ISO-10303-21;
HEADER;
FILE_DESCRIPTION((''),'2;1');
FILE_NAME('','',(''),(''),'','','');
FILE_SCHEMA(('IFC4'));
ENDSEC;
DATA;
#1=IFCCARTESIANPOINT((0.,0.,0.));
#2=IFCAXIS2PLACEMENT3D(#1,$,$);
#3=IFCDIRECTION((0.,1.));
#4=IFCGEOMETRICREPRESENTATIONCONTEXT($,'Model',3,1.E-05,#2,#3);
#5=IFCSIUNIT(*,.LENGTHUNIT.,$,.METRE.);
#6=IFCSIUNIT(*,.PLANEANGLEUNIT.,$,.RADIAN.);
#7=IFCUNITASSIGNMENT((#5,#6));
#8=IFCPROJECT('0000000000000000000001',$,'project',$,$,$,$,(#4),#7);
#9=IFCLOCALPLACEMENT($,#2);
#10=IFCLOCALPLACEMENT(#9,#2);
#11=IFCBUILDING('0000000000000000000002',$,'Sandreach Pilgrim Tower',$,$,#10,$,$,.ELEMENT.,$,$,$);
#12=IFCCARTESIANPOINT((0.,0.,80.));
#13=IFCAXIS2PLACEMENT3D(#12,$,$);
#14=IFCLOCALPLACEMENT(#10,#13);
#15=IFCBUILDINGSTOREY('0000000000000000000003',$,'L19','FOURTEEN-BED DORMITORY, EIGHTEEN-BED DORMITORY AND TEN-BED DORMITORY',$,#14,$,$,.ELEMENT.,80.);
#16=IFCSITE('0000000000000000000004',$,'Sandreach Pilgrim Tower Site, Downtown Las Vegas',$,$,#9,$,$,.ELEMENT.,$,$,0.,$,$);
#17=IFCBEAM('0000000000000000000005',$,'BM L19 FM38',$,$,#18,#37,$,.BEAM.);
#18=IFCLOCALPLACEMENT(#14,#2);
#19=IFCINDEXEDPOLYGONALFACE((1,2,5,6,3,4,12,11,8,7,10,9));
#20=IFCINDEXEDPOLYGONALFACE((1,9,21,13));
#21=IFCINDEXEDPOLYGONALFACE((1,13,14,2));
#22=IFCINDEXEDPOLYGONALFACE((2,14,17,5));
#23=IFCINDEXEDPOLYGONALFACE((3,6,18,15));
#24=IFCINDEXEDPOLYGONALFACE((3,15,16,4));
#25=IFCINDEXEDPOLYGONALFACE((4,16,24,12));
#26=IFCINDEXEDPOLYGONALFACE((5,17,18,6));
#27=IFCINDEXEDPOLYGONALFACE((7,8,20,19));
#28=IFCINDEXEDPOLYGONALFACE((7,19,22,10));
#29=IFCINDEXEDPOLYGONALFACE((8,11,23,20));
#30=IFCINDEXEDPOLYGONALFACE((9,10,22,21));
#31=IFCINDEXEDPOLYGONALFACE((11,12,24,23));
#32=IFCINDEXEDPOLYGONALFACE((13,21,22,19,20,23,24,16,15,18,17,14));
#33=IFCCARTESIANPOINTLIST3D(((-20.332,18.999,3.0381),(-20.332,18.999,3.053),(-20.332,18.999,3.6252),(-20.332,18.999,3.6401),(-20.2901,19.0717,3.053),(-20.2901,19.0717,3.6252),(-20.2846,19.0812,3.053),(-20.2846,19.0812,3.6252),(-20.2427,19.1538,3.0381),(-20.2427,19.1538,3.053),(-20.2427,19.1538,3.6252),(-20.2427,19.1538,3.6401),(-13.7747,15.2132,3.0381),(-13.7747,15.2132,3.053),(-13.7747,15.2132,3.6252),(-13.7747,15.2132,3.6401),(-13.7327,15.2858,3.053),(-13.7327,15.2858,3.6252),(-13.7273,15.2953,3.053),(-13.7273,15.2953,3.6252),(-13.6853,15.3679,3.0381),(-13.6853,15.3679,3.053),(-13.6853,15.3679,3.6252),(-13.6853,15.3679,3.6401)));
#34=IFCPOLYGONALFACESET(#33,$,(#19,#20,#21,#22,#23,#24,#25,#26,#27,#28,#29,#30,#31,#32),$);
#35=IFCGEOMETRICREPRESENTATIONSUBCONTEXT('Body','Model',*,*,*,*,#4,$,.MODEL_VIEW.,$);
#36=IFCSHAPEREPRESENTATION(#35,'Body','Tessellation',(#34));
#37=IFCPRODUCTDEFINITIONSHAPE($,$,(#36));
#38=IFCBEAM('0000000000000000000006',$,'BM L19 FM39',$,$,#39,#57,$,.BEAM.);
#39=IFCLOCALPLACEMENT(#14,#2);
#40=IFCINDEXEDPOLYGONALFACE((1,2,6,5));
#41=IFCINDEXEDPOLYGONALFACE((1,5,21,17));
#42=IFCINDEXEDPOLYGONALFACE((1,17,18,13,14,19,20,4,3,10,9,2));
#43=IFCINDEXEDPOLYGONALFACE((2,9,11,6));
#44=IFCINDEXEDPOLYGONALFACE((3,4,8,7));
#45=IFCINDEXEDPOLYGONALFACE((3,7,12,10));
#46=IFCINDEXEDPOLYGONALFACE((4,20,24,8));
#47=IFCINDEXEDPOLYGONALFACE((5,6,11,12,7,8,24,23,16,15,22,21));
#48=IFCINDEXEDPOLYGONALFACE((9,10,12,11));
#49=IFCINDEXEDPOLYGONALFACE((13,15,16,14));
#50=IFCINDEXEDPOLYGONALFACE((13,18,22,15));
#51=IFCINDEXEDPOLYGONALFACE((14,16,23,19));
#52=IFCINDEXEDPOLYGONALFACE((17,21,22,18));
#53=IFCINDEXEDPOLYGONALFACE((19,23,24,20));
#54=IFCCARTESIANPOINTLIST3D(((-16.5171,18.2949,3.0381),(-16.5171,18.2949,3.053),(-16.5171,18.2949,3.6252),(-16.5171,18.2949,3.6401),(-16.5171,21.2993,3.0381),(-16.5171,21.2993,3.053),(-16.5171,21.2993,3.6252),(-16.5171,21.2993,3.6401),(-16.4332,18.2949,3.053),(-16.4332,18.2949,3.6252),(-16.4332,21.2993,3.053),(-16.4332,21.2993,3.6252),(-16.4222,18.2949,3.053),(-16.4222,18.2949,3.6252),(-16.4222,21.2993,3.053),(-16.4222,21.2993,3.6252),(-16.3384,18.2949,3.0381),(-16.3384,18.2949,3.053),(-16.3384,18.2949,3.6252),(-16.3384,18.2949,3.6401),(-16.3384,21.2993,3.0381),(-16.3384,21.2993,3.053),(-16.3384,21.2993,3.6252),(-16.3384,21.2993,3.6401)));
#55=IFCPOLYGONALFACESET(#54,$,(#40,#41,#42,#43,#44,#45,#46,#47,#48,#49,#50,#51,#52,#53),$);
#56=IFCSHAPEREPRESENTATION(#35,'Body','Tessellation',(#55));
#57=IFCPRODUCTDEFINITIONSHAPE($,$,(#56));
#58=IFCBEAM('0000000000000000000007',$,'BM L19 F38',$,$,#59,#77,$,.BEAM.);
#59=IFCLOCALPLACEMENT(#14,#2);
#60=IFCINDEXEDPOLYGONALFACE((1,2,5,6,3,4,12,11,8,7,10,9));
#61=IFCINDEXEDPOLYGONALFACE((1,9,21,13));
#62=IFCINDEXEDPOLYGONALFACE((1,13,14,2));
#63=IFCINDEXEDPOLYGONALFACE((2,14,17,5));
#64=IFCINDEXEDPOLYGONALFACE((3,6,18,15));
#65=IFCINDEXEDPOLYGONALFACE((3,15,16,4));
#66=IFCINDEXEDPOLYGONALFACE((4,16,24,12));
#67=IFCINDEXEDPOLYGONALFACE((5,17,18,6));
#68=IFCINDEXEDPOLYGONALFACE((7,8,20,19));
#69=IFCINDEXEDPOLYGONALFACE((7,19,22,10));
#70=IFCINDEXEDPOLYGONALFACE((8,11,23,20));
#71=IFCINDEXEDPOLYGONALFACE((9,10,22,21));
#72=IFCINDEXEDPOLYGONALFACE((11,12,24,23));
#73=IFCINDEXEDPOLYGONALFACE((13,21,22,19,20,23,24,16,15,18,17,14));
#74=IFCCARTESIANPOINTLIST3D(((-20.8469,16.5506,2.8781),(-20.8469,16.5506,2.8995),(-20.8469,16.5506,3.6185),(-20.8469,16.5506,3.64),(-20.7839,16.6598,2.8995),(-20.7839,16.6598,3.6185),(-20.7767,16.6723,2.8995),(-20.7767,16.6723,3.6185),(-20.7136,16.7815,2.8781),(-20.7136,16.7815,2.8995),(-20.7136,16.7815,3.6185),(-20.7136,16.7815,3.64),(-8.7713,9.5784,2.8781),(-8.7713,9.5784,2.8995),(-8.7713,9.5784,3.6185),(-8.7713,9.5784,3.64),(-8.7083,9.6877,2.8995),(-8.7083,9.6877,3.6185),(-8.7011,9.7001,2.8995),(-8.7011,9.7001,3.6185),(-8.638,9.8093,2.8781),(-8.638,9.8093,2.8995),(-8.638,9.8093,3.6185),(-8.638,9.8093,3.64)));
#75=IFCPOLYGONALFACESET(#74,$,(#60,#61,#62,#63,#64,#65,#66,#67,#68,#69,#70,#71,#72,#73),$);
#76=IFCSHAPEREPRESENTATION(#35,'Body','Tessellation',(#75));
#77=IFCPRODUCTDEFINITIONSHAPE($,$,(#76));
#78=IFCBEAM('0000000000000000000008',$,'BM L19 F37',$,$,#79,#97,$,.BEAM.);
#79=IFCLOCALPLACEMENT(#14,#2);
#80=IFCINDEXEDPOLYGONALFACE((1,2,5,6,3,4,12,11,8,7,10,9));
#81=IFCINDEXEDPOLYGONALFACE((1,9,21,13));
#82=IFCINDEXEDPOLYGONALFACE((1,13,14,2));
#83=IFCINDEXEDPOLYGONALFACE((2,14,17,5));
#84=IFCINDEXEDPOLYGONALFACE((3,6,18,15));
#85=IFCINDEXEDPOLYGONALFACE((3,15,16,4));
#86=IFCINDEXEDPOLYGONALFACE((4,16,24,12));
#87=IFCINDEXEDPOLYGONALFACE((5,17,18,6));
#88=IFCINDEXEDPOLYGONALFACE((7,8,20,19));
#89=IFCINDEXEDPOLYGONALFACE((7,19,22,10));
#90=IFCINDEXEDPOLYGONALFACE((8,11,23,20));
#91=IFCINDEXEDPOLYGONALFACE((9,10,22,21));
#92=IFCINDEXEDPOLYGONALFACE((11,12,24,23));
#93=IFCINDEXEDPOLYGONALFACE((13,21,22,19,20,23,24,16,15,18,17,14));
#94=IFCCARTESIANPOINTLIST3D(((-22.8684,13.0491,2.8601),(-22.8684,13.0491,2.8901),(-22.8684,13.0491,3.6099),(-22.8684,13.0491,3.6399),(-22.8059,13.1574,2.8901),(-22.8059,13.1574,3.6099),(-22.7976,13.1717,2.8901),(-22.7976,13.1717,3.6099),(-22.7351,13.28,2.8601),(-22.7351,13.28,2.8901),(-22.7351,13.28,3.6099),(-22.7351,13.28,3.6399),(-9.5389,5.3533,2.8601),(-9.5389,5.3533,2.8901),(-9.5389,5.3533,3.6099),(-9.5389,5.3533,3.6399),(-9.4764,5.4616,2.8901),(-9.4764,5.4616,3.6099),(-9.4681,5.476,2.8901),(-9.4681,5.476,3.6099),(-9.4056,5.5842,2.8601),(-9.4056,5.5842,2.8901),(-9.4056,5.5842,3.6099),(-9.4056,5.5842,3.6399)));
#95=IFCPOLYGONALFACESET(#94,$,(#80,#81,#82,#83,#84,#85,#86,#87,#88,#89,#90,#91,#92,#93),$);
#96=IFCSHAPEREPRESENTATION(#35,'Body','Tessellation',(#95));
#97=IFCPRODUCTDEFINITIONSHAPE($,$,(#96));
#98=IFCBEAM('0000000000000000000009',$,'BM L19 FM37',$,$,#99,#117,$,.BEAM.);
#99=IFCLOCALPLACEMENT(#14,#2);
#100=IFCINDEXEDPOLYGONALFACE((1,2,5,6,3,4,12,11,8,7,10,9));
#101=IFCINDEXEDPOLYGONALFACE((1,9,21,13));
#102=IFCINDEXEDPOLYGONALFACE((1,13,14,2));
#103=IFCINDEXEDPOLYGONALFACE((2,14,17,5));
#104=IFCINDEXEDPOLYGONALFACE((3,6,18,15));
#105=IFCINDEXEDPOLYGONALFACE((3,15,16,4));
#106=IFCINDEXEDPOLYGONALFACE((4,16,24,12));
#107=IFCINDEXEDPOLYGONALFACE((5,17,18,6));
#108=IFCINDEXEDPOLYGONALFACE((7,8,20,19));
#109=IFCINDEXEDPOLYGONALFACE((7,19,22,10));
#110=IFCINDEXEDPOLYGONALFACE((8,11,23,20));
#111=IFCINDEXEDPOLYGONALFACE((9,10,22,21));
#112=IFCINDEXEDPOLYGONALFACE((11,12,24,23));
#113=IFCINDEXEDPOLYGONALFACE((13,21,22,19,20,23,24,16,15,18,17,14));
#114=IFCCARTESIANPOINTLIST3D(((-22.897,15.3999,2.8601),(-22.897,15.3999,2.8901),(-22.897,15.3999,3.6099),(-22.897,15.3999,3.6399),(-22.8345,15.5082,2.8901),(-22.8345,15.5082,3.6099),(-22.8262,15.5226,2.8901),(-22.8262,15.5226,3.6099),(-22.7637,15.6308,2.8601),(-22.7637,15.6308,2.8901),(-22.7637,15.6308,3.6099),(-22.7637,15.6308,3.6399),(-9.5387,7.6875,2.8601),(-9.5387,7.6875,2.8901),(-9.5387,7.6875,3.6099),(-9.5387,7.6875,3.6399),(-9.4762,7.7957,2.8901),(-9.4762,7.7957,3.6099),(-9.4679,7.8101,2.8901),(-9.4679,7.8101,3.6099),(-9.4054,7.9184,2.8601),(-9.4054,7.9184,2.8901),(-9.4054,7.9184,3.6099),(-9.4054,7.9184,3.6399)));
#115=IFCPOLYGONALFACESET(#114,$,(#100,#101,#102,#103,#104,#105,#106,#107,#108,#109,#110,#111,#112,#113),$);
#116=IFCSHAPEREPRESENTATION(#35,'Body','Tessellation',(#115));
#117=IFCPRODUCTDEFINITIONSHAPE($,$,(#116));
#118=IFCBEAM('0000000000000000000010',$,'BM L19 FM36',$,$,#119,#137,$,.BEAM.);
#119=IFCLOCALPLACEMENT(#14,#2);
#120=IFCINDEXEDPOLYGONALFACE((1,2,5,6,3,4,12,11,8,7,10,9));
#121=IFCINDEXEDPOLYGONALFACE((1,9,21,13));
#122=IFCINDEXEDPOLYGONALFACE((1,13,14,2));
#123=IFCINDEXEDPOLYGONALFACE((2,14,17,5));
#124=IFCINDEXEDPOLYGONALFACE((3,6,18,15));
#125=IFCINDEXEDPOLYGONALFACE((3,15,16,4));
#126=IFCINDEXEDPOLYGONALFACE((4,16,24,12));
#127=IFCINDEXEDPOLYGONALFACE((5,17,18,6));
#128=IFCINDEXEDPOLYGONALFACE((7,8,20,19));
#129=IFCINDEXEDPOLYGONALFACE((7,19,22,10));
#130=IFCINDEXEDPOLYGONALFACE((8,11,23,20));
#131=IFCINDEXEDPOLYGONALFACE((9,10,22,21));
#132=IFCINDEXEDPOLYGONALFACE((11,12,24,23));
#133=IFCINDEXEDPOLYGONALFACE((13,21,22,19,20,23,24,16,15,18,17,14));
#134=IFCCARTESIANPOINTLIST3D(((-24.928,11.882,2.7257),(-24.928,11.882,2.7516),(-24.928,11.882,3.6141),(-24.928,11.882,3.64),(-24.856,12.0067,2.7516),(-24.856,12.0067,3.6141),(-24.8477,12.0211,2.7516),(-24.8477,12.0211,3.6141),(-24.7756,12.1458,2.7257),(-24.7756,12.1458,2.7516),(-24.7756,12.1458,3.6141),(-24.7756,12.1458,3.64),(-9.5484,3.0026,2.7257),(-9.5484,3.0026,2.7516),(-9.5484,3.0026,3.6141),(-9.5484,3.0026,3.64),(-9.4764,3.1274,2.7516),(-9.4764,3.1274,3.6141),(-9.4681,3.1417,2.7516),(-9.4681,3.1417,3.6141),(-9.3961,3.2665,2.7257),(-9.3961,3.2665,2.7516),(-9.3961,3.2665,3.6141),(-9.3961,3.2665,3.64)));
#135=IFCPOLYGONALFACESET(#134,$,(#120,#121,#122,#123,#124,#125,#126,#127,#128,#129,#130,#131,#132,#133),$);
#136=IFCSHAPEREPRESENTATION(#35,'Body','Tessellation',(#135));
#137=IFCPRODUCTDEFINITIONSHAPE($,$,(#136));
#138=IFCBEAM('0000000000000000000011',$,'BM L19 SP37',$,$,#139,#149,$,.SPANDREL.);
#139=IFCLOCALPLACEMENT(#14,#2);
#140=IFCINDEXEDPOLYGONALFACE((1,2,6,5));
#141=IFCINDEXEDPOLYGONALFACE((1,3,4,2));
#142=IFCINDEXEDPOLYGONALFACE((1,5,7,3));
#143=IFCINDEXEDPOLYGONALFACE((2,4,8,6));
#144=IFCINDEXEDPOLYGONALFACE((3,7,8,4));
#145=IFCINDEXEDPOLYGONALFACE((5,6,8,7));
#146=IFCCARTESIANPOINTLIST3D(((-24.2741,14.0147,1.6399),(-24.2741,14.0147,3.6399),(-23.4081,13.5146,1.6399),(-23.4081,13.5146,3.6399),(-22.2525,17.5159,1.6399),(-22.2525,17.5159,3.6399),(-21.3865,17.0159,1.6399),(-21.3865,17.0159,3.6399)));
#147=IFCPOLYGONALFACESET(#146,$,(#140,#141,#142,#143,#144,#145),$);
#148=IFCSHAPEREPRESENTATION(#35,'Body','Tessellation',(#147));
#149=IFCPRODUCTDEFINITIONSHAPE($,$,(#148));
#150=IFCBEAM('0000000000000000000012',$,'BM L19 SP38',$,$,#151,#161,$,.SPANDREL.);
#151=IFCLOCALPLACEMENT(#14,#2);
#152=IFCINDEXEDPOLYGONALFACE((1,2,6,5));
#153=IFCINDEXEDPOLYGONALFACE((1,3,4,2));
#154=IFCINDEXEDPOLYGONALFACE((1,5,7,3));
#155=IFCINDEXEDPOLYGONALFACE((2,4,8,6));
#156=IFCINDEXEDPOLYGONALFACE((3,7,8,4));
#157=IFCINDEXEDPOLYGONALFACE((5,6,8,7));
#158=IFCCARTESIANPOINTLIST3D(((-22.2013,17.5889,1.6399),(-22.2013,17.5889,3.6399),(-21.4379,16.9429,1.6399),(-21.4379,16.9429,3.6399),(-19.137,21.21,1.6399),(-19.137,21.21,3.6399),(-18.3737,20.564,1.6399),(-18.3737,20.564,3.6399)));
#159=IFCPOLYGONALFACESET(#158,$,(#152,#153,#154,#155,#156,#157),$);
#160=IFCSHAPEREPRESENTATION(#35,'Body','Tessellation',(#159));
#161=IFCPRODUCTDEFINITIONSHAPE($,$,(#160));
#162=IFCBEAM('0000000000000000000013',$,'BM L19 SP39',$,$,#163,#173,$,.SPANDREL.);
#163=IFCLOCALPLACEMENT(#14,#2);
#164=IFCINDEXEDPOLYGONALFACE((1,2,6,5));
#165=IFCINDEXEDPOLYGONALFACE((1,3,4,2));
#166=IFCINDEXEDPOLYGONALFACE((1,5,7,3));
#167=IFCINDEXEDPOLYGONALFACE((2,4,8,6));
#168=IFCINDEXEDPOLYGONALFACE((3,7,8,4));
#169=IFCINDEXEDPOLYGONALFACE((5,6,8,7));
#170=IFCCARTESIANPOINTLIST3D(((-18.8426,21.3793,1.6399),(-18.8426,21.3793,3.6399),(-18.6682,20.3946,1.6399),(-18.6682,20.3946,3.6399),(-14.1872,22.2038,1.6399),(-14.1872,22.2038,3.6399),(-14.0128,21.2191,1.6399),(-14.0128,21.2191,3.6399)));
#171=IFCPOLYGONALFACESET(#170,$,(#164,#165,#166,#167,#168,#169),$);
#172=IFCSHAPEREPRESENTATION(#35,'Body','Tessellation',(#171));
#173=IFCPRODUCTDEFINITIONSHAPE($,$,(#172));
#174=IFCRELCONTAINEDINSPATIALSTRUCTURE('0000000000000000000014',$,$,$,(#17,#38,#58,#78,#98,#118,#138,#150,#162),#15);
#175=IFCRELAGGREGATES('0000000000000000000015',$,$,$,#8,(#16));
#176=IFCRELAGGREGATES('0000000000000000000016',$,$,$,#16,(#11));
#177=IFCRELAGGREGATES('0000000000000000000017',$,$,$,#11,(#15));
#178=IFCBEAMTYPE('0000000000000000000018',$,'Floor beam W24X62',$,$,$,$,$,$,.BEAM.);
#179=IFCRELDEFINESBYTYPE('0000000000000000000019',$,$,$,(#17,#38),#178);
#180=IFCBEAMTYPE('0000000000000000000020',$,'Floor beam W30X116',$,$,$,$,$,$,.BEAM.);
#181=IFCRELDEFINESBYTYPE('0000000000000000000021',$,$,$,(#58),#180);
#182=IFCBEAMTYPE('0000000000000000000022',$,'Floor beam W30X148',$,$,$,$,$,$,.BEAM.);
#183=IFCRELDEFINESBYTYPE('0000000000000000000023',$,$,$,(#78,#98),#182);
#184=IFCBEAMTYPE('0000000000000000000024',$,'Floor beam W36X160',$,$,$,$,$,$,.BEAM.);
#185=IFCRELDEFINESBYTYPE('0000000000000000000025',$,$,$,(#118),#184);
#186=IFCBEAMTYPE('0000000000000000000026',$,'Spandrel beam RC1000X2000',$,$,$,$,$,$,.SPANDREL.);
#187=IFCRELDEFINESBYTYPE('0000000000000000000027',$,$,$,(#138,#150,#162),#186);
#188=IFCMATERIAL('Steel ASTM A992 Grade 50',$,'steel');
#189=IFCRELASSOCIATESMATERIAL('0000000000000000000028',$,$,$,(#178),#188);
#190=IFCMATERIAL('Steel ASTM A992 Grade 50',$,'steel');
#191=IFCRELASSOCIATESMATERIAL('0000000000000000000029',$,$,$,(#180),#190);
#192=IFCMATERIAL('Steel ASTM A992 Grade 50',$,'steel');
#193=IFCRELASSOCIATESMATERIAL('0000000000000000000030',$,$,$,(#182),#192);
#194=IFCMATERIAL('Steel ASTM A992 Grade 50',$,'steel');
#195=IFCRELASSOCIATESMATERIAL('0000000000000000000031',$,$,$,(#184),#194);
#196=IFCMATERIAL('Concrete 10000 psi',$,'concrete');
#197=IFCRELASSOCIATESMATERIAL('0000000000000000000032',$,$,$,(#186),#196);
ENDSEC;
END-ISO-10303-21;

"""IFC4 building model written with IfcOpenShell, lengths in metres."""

from ifc_helpers import new_model, si_unit, direction, frame, origin, origin_2d, place, context, subcontext, project, spatial, rectangle, i_section, extrude, material, material_profile, profile_set, type_object, element, save


model = new_model("IFC4")

# Units and contexts
model_context = context("Model", 3, precision=1e-05, world=origin(), true_north=direction((0.0, 1.0)))
body_context = subcontext(model_context, "Body", "Model", "MODEL_VIEW")
ifc_project = project(units=[si_unit("LENGTHUNIT", "METRE"), si_unit("PLANEANGLEUNIT", "RADIAN")], contexts=[model_context])

# Site, building, storey
site_placement = place(None, origin())
site = spatial("IfcSite", under=ifc_project, at=site_placement, Name="Sandreach Pilgrim Tower Site, Downtown Las Vegas", CompositionType="ELEMENT", RefElevation=0.0)
building_placement = place(site_placement, origin())
building = spatial("IfcBuilding", under=site, at=building_placement, Name="Sandreach Pilgrim Tower", CompositionType="ELEMENT")
storey_placement = place(building_placement, frame((0.0, 0.0, 80.0)))
storey = spatial("IfcBuildingStorey", under=building, at=storey_placement, Name="L19", Description="FOURTEEN-BED DORMITORY, EIGHTEEN-BED DORMITORY AND TEN-BED DORMITORY", CompositionType="ELEMENT", Elevation=80.0)

# Beams
ifc_material_1 = material(Name="Steel ASTM A992 Grade 50", Category="steel")
ifc_material_profile_1 = material_profile(ifc_material_1, i_section(OverallWidth=0.1787, OverallDepth=0.6021, WebThickness=0.011, FlangeThickness=0.0149, at=origin_2d()), Name="W24X62")
ifc_profile_set_1 = profile_set([ifc_material_profile_1], Name="Steel ASTM A992 Grade 50")
beam_type_1 = type_object("IfcBeamType", Name="Floor beam W24X62", PredefinedType="BEAM", material=ifc_profile_set_1)
beam_1_placement = place(storey_placement, frame((-20.2874, 19.0764, 3.3391), z_axis=(0.866026, -0.499999, 0.0), x_axis=(0.499999, 0.866026, 0.0)))
element("IfcBeam", 1, at=beam_1_placement, inside=storey, type_object=beam_type_1, Name="BM L19 FM38", PredefinedType="BEAM", context=body_context, shape_type="SweptSolid", body=[
    extrude(i_section(OverallWidth=0.1787, OverallDepth=0.6021, WebThickness=0.011, FlangeThickness=0.0149, at=origin_2d()), origin(), (0.0, 0.0, 1.0), 7.5718),
])
beam_2_placement = place(storey_placement, frame((-16.4277, 21.2993, 3.3391), z_axis=(0.0, -1.0, 0.0), x_axis=(1.0, 0.0, 0.0)))
element("IfcBeam", 2, at=beam_2_placement, inside=storey, type_object=beam_type_1, Name="BM L19 FM39", PredefinedType="BEAM", context=body_context, shape_type="SweptSolid", body=[
    extrude(i_section(OverallWidth=0.1787, OverallDepth=0.6021, WebThickness=0.011, FlangeThickness=0.0149, at=origin_2d()), origin(), (0.0, 0.0, 1.0), 3.0044),
])
ifc_material_2 = material(Name="Steel ASTM A992 Grade 50", Category="steel")
ifc_material_profile_2 = material_profile(ifc_material_2, i_section(OverallWidth=0.2666, OverallDepth=0.762, WebThickness=0.0144, FlangeThickness=0.0215, at=origin_2d()), Name="W30X116")
ifc_profile_set_2 = profile_set([ifc_material_profile_2], Name="Steel ASTM A992 Grade 50")
beam_type_2 = type_object("IfcBeamType", Name="Floor beam W30X116", PredefinedType="BEAM", material=ifc_profile_set_2)
beam_3_placement = place(storey_placement, frame((-20.7803, 16.666, 3.259), z_axis=(0.866017, -0.500014, 0.0), x_axis=(0.500014, 0.866017, 0.0)))
element("IfcBeam", 3, at=beam_3_placement, inside=storey, type_object=beam_type_2, Name="BM L19 F38", PredefinedType="BEAM", context=body_context, shape_type="SweptSolid", body=[
    extrude(i_section(OverallWidth=0.2666, OverallDepth=0.762, WebThickness=0.0144, FlangeThickness=0.0215, at=origin_2d()), origin(), (0.0, 0.0, 1.0), 13.9438),
])
ifc_material_3 = material(Name="Steel ASTM A992 Grade 50", Category="steel")
ifc_material_profile_3 = material_profile(ifc_material_3, i_section(OverallWidth=0.2666, OverallDepth=0.7798, WebThickness=0.0166, FlangeThickness=0.03, at=origin_2d()), Name="W30X148")
ifc_profile_set_3 = profile_set([ifc_material_profile_3], Name="Steel ASTM A992 Grade 50")
beam_type_3 = type_object("IfcBeamType", Name="Floor beam W30X148", PredefinedType="BEAM", material=ifc_profile_set_3)
beam_4_placement = place(storey_placement, frame((-22.8018, 13.1646, 3.25), z_axis=(0.866027, -0.499998, 0.0), x_axis=(0.499998, 0.866027, 0.0)))
element("IfcBeam", 4, at=beam_4_placement, inside=storey, type_object=beam_type_3, Name="BM L19 F37", PredefinedType="BEAM", context=body_context, shape_type="SweptSolid", body=[
    extrude(i_section(OverallWidth=0.2666, OverallDepth=0.7798, WebThickness=0.0166, FlangeThickness=0.03, at=origin_2d()), origin(), (0.0, 0.0, 1.0), 15.3916),
])
beam_5_placement = place(storey_placement, frame((-22.8303, 15.5154, 3.25), z_axis=(0.866023, -0.500003, 0.0), x_axis=(0.500003, 0.866023, 0.0)))
element("IfcBeam", 5, at=beam_5_placement, inside=storey, type_object=beam_type_3, Name="BM L19 FM37", PredefinedType="BEAM", context=body_context, shape_type="SweptSolid", body=[
    extrude(i_section(OverallWidth=0.2666, OverallDepth=0.7798, WebThickness=0.0166, FlangeThickness=0.03, at=origin_2d()), origin(), (0.0, 0.0, 1.0), 15.4248),
])
ifc_material_4 = material(Name="Steel ASTM A992 Grade 50", Category="steel")
ifc_material_profile_4 = material_profile(ifc_material_4, i_section(OverallWidth=0.3047, OverallDepth=0.9143, WebThickness=0.0166, FlangeThickness=0.0259, at=origin_2d()), Name="W36X160")
ifc_profile_set_4 = profile_set([ifc_material_profile_4], Name="Steel ASTM A992 Grade 50")
beam_type_4 = type_object("IfcBeamType", Name="Floor beam W36X160", PredefinedType="BEAM", material=ifc_profile_set_4)
beam_6_placement = place(storey_placement, frame((-24.8518, 12.0139, 3.1829), z_axis=(0.866026, -0.499998, 0.0), x_axis=(0.499998, 0.866026, 0.0)))
element("IfcBeam", 6, at=beam_6_placement, inside=storey, type_object=beam_type_4, Name="BM L19 FM36", PredefinedType="BEAM", context=body_context, shape_type="SweptSolid", body=[
    extrude(i_section(OverallWidth=0.3047, OverallDepth=0.9143, WebThickness=0.0166, FlangeThickness=0.0259, at=origin_2d()), origin(), (0.0, 0.0, 1.0), 17.7588),
])
ifc_material_5 = material(Name="Concrete 10000 psi", Category="concrete")
ifc_material_profile_5 = material_profile(ifc_material_5, rectangle(XDim=1.0, YDim=2.0, at=origin_2d()), Name="RC1000X2000")
ifc_profile_set_5 = profile_set([ifc_material_profile_5], Name="Concrete 10000 psi")
beam_type_5 = type_object("IfcBeamType", Name="Spandrel beam RC1000X2000", PredefinedType="SPANDREL", material=ifc_profile_set_5)
beam_7_placement = place(storey_placement, frame((-23.8411, 13.7646, 2.6399), z_axis=(0.50001, 0.86602, 0.0), x_axis=(-0.86602, 0.50001, 0.0)))
element("IfcBeam", 7, at=beam_7_placement, inside=storey, type_object=beam_type_5, Name="BM L19 SP37", PredefinedType="SPANDREL", context=body_context, shape_type="SweptSolid", body=[
    extrude(rectangle(XDim=1.0, YDim=2.0, at=origin_2d()), origin(), (0.0, 0.0, 1.0), 4.043),
])
beam_8_placement = place(storey_placement, frame((-21.8196, 17.2659, 2.6399), z_axis=(0.645968, 0.763365, 0.0), x_axis=(-0.763365, 0.645968, 0.0)))
element("IfcBeam", 8, at=beam_8_placement, inside=storey, type_object=beam_type_5, Name="BM L19 SP38", PredefinedType="SPANDREL", context=body_context, shape_type="SweptSolid", body=[
    extrude(rectangle(XDim=1.0, YDim=2.0, at=origin_2d()), origin(), (0.0, 0.0, 1.0), 4.7437),
])
beam_9_placement = place(storey_placement, frame((-18.7554, 20.887, 2.6399), z_axis=(0.984677, 0.174389, 0.0), x_axis=(-0.174389, 0.984677, 0.0)))
element("IfcBeam", 9, at=beam_9_placement, inside=storey, type_object=beam_type_5, Name="BM L19 SP39", PredefinedType="SPANDREL", context=body_context, shape_type="SweptSolid", body=[
    extrude(rectangle(XDim=1.0, YDim=2.0, at=origin_2d()), origin(), (0.0, 0.0, 1.0), 4.7278),
])

save(model, "model.ifc")
